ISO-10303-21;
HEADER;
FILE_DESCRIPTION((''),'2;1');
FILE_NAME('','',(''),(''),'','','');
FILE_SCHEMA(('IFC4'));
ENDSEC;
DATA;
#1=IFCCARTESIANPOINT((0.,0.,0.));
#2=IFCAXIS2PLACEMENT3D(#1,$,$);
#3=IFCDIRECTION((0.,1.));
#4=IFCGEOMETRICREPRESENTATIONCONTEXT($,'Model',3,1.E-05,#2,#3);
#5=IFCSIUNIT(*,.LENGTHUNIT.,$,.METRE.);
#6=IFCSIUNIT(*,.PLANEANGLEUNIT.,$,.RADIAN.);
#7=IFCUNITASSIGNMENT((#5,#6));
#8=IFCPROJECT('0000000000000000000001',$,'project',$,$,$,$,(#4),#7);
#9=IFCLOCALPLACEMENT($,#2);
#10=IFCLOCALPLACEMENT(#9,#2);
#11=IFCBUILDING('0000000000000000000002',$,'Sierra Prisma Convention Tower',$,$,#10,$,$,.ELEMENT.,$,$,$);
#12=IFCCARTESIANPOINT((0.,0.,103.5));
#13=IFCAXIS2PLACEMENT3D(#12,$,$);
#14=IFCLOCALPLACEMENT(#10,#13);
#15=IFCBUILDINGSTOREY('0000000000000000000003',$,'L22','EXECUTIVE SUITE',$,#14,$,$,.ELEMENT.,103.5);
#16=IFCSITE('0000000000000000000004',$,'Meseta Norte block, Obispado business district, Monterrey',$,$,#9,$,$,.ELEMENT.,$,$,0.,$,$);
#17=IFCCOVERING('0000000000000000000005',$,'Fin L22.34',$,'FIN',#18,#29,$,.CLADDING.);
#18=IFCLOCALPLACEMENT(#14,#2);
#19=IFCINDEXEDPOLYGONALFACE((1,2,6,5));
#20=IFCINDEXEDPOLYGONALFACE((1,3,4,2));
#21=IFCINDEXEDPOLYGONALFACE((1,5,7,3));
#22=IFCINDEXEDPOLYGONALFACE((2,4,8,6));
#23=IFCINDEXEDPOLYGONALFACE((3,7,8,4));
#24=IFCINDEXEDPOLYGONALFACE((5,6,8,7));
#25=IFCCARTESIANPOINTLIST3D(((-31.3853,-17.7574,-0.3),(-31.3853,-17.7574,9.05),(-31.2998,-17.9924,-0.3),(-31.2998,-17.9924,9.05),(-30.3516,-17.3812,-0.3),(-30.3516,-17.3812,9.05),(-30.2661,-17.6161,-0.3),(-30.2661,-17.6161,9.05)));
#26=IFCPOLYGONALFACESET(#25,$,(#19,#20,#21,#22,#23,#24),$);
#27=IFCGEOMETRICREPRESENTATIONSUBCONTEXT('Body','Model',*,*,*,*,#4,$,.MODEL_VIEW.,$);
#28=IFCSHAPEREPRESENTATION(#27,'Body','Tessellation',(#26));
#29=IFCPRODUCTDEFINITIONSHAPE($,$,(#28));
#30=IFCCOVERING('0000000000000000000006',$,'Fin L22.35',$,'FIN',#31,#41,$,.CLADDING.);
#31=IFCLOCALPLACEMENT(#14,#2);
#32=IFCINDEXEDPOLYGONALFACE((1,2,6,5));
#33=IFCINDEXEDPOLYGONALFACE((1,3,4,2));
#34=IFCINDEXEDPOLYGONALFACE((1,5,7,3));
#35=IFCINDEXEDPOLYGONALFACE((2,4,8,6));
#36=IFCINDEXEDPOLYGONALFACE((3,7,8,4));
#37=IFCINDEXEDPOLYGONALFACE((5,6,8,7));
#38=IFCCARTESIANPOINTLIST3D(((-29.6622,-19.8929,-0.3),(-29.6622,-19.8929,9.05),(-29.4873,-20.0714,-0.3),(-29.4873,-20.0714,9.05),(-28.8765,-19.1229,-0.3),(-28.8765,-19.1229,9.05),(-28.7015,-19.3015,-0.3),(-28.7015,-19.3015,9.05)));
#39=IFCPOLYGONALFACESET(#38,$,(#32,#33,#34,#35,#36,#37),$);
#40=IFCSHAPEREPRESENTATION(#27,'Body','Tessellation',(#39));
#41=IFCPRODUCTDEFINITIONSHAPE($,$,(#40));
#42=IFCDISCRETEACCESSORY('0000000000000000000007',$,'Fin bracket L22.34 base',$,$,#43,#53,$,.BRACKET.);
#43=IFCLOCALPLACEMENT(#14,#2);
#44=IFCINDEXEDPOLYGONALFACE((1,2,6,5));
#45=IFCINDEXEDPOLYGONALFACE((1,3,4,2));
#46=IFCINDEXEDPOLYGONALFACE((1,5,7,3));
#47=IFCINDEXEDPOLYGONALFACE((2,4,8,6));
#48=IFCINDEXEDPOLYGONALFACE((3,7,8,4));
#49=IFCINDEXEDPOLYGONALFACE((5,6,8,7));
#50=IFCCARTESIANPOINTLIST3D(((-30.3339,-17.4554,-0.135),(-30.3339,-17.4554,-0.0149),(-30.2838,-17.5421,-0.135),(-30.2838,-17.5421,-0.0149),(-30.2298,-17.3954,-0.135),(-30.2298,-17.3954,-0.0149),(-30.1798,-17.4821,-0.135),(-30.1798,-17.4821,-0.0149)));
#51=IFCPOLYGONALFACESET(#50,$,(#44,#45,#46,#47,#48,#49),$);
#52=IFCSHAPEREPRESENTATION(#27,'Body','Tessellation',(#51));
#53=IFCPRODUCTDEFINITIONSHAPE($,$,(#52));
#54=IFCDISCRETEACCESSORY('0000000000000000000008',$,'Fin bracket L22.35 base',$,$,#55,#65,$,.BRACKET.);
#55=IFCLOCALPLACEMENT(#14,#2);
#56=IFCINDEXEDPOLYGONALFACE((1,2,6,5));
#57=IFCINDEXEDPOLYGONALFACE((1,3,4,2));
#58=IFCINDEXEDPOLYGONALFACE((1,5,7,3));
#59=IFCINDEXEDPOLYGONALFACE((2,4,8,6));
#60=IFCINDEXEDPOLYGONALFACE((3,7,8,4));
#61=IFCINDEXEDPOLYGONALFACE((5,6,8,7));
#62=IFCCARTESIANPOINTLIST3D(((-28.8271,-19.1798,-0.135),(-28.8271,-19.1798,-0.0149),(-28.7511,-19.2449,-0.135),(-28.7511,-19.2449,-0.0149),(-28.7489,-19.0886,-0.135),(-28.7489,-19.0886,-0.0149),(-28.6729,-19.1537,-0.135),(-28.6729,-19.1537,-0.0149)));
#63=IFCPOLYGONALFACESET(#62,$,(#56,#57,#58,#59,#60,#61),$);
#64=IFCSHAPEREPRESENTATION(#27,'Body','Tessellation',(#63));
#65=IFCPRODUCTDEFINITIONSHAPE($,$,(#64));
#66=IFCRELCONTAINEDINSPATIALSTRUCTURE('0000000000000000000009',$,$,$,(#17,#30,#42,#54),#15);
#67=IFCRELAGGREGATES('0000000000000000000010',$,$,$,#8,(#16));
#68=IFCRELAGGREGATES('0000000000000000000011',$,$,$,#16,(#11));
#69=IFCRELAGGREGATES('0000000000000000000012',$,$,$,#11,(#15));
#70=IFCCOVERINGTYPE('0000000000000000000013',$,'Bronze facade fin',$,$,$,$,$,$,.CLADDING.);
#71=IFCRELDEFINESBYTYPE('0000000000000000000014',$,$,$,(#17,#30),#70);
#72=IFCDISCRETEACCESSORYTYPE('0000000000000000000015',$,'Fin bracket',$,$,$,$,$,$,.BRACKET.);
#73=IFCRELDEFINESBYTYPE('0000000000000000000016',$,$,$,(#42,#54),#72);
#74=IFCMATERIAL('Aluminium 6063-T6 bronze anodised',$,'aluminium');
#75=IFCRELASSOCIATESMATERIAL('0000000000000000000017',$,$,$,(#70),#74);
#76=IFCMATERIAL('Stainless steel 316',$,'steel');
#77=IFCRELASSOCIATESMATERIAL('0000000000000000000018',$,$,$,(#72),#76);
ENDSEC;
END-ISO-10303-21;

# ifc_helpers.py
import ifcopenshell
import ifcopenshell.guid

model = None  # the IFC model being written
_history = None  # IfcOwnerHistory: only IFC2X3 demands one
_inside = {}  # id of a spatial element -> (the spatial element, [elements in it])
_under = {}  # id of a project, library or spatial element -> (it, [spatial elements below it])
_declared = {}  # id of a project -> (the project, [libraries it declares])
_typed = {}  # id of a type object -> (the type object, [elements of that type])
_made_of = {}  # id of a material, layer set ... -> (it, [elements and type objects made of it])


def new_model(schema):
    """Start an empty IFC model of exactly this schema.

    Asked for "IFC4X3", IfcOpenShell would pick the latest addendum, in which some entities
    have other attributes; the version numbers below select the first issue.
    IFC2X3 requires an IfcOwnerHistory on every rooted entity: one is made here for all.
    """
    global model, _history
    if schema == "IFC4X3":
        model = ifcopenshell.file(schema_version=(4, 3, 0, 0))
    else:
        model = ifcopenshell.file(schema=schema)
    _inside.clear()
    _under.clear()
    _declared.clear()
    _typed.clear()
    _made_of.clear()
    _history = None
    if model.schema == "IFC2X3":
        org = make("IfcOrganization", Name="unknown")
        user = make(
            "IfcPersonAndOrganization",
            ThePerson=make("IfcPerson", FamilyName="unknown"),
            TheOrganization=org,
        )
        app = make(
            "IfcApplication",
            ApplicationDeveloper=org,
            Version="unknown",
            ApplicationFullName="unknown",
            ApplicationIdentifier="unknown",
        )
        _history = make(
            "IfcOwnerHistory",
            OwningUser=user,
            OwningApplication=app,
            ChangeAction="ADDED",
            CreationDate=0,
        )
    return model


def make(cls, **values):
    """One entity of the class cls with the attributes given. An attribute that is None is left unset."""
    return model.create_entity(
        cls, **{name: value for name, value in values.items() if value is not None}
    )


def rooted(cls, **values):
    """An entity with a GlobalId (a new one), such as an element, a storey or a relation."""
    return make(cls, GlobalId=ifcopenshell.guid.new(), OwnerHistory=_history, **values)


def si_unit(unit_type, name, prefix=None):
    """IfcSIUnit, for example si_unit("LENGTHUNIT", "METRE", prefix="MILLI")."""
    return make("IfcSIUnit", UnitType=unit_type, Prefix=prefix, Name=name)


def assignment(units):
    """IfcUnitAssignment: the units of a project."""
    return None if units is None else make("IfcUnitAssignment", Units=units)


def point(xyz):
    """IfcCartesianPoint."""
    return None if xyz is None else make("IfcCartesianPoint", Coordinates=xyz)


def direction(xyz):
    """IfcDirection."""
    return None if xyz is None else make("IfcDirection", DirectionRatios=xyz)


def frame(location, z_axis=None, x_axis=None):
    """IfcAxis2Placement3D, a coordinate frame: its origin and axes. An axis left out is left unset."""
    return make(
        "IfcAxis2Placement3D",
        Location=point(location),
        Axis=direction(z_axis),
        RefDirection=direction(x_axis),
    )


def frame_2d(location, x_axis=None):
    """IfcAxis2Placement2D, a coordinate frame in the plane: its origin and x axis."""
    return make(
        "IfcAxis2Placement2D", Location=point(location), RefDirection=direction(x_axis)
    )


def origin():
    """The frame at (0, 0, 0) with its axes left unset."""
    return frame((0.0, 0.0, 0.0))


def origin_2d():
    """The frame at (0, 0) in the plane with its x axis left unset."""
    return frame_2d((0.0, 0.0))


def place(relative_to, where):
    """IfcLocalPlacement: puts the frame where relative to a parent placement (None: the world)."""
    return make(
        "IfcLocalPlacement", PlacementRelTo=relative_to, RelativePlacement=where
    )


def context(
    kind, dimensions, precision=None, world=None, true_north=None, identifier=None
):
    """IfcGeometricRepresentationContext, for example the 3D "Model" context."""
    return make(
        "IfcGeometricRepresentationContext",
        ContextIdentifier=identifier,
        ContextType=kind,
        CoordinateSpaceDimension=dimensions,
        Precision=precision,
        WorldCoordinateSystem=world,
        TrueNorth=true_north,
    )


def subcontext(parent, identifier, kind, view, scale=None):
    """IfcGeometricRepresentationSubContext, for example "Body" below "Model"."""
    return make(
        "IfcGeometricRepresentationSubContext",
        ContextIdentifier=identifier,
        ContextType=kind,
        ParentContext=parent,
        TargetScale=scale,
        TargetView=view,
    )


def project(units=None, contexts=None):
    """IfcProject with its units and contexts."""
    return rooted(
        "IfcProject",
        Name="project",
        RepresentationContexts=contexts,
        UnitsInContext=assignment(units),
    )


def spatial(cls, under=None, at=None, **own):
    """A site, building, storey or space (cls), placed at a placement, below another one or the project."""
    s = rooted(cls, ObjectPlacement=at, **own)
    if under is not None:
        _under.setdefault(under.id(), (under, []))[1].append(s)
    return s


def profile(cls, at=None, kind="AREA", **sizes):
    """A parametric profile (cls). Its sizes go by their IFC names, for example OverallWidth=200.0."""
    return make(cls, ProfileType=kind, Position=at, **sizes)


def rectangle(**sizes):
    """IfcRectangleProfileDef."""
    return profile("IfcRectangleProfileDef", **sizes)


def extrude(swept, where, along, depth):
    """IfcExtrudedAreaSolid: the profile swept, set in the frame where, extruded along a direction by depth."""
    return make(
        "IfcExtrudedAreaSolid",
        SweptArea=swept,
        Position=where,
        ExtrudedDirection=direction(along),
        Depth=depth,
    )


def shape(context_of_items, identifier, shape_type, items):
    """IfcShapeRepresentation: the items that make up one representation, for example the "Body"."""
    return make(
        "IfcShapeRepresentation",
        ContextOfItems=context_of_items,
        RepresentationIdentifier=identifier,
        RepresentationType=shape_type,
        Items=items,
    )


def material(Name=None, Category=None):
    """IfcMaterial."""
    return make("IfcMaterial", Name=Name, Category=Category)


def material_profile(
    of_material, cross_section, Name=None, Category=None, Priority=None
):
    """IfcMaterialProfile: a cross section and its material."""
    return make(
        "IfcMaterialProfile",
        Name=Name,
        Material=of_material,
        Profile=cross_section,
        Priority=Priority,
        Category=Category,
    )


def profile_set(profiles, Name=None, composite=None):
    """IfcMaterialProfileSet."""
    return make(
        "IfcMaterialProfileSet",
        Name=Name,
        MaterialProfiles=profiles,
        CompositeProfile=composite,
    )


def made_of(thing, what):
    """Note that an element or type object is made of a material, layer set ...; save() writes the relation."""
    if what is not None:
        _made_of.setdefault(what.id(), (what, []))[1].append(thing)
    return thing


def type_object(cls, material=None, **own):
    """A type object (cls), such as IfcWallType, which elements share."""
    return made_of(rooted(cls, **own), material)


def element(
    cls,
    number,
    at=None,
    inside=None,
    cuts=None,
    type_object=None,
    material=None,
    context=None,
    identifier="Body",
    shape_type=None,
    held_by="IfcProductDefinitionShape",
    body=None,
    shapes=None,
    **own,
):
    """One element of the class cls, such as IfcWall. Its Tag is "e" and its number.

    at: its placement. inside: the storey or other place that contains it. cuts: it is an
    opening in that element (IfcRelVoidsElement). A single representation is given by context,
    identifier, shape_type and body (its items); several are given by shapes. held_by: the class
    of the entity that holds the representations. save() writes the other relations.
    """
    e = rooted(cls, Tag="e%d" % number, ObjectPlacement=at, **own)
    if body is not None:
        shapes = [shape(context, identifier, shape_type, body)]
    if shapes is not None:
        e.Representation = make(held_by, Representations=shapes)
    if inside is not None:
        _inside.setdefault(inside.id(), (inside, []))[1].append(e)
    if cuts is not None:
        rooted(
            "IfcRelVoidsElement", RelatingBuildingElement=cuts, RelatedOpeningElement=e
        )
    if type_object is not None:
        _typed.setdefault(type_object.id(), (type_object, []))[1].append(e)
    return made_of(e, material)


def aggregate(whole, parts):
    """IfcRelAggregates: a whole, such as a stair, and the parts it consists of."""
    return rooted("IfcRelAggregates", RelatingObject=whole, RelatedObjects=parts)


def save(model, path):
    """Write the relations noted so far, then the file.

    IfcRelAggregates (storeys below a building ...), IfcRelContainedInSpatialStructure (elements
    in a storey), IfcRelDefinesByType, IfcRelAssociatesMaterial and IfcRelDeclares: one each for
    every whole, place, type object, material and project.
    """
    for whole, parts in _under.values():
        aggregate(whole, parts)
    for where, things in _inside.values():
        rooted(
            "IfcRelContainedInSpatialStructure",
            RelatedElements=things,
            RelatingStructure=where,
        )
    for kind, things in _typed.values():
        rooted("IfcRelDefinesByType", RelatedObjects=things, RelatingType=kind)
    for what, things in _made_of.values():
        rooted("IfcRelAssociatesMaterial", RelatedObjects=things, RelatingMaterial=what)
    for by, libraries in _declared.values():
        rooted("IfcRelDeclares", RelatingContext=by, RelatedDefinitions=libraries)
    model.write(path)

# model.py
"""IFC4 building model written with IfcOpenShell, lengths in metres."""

from ifc_helpers import new_model, si_unit, direction, frame, origin, origin_2d, place, context, subcontext, project, spatial, rectangle, extrude, material, material_profile, profile_set, type_object, element, save


model = new_model("IFC4")

# Units and contexts
model_context = context("Model", 3, precision=1e-05, world=origin(), true_north=direction((0.0, 1.0)))
body_context = subcontext(model_context, "Body", "Model", "MODEL_VIEW")
ifc_project = project(units=[si_unit("LENGTHUNIT", "METRE"), si_unit("PLANEANGLEUNIT", "RADIAN")], contexts=[model_context])

# Site, building, storey
site_placement = place(None, origin())
site = spatial("IfcSite", under=ifc_project, at=site_placement, Name="Meseta Norte block, Obispado business district, Monterrey", CompositionType="ELEMENT", RefElevation=0.0)
building_placement = place(site_placement, origin())
building = spatial("IfcBuilding", under=site, at=building_placement, Name="Sierra Prisma Convention Tower", CompositionType="ELEMENT")
storey_placement = place(building_placement, frame((0.0, 0.0, 103.5)))
storey = spatial("IfcBuildingStorey", under=building, at=storey_placement, Name="L22", Description="EXECUTIVE SUITE", CompositionType="ELEMENT", Elevation=103.5)

# Coverings
ifc_material_1 = material(Name="Aluminium 6063-T6 bronze anodised", Category="aluminium")
ifc_material_profile_1 = material_profile(ifc_material_1, rectangle(XDim=1.1001, YDim=0.25, at=origin_2d()), Name="ALU FIN 1100x250")
ifc_profile_set_1 = profile_set([ifc_material_profile_1], Name="Aluminium 6063-T6 bronze anodised")
covering_type = type_object("IfcCoveringType", Name="Bronze facade fin", PredefinedType="CLADDING", material=ifc_profile_set_1)
for number, where, z_axis, x_axis, name in (
    (1, (-30.8257, -17.6868, -0.3), (0.0, 0.0, 1.0), (-0.939693, -0.34202, 0.0), "Fin L22.34"),
    (2, (-29.1819, -19.5972, -0.3), (0.0, 0.0, 1.0), (-0.71425, -0.69989, 0.0), "Fin L22.35"),
):
    element("IfcCovering", number, at=place(storey_placement, frame(where, z_axis=z_axis, x_axis=x_axis)), inside=storey, type_object=covering_type, Name=name, ObjectType="FIN", PredefinedType="CLADDING", context=body_context, shape_type="SweptSolid", body=[
        extrude(rectangle(XDim=1.1001, YDim=0.25, at=origin_2d()), origin(), (0.0, 0.0, 1.0), 9.3501),
    ])

# Discrete accessories
ifc_material_2 = material(Name="Stainless steel 316", Category="steel")
discrete_accessory_type = type_object("IfcDiscreteAccessoryType", Name="Fin bracket", PredefinedType="BRACKET", material=ifc_material_2)
for number, where, z_axis, x_axis, name in (
    (3, (-30.2568, -17.4688, -0.135), (0.0, 0.0, 1.0), (-0.866025, -0.5, 0.0), "Fin bracket L22.34 base"),
    (4, (-28.75, -19.1667, -0.135), (0.0, 0.0, 1.0), (-0.650533, -0.759478, 0.0), "Fin bracket L22.35 base"),
):
    element("IfcDiscreteAccessory", number, at=place(storey_placement, frame(where, z_axis=z_axis, x_axis=x_axis)), inside=storey, type_object=discrete_accessory_type, Name=name, PredefinedType="BRACKET", context=body_context, shape_type="SweptSolid", body=[
        extrude(rectangle(XDim=0.1201, YDim=0.1001, at=origin_2d()), origin(), (0.0, 0.0, 1.0), 0.1201),
    ])

save(model, "model.ifc")
